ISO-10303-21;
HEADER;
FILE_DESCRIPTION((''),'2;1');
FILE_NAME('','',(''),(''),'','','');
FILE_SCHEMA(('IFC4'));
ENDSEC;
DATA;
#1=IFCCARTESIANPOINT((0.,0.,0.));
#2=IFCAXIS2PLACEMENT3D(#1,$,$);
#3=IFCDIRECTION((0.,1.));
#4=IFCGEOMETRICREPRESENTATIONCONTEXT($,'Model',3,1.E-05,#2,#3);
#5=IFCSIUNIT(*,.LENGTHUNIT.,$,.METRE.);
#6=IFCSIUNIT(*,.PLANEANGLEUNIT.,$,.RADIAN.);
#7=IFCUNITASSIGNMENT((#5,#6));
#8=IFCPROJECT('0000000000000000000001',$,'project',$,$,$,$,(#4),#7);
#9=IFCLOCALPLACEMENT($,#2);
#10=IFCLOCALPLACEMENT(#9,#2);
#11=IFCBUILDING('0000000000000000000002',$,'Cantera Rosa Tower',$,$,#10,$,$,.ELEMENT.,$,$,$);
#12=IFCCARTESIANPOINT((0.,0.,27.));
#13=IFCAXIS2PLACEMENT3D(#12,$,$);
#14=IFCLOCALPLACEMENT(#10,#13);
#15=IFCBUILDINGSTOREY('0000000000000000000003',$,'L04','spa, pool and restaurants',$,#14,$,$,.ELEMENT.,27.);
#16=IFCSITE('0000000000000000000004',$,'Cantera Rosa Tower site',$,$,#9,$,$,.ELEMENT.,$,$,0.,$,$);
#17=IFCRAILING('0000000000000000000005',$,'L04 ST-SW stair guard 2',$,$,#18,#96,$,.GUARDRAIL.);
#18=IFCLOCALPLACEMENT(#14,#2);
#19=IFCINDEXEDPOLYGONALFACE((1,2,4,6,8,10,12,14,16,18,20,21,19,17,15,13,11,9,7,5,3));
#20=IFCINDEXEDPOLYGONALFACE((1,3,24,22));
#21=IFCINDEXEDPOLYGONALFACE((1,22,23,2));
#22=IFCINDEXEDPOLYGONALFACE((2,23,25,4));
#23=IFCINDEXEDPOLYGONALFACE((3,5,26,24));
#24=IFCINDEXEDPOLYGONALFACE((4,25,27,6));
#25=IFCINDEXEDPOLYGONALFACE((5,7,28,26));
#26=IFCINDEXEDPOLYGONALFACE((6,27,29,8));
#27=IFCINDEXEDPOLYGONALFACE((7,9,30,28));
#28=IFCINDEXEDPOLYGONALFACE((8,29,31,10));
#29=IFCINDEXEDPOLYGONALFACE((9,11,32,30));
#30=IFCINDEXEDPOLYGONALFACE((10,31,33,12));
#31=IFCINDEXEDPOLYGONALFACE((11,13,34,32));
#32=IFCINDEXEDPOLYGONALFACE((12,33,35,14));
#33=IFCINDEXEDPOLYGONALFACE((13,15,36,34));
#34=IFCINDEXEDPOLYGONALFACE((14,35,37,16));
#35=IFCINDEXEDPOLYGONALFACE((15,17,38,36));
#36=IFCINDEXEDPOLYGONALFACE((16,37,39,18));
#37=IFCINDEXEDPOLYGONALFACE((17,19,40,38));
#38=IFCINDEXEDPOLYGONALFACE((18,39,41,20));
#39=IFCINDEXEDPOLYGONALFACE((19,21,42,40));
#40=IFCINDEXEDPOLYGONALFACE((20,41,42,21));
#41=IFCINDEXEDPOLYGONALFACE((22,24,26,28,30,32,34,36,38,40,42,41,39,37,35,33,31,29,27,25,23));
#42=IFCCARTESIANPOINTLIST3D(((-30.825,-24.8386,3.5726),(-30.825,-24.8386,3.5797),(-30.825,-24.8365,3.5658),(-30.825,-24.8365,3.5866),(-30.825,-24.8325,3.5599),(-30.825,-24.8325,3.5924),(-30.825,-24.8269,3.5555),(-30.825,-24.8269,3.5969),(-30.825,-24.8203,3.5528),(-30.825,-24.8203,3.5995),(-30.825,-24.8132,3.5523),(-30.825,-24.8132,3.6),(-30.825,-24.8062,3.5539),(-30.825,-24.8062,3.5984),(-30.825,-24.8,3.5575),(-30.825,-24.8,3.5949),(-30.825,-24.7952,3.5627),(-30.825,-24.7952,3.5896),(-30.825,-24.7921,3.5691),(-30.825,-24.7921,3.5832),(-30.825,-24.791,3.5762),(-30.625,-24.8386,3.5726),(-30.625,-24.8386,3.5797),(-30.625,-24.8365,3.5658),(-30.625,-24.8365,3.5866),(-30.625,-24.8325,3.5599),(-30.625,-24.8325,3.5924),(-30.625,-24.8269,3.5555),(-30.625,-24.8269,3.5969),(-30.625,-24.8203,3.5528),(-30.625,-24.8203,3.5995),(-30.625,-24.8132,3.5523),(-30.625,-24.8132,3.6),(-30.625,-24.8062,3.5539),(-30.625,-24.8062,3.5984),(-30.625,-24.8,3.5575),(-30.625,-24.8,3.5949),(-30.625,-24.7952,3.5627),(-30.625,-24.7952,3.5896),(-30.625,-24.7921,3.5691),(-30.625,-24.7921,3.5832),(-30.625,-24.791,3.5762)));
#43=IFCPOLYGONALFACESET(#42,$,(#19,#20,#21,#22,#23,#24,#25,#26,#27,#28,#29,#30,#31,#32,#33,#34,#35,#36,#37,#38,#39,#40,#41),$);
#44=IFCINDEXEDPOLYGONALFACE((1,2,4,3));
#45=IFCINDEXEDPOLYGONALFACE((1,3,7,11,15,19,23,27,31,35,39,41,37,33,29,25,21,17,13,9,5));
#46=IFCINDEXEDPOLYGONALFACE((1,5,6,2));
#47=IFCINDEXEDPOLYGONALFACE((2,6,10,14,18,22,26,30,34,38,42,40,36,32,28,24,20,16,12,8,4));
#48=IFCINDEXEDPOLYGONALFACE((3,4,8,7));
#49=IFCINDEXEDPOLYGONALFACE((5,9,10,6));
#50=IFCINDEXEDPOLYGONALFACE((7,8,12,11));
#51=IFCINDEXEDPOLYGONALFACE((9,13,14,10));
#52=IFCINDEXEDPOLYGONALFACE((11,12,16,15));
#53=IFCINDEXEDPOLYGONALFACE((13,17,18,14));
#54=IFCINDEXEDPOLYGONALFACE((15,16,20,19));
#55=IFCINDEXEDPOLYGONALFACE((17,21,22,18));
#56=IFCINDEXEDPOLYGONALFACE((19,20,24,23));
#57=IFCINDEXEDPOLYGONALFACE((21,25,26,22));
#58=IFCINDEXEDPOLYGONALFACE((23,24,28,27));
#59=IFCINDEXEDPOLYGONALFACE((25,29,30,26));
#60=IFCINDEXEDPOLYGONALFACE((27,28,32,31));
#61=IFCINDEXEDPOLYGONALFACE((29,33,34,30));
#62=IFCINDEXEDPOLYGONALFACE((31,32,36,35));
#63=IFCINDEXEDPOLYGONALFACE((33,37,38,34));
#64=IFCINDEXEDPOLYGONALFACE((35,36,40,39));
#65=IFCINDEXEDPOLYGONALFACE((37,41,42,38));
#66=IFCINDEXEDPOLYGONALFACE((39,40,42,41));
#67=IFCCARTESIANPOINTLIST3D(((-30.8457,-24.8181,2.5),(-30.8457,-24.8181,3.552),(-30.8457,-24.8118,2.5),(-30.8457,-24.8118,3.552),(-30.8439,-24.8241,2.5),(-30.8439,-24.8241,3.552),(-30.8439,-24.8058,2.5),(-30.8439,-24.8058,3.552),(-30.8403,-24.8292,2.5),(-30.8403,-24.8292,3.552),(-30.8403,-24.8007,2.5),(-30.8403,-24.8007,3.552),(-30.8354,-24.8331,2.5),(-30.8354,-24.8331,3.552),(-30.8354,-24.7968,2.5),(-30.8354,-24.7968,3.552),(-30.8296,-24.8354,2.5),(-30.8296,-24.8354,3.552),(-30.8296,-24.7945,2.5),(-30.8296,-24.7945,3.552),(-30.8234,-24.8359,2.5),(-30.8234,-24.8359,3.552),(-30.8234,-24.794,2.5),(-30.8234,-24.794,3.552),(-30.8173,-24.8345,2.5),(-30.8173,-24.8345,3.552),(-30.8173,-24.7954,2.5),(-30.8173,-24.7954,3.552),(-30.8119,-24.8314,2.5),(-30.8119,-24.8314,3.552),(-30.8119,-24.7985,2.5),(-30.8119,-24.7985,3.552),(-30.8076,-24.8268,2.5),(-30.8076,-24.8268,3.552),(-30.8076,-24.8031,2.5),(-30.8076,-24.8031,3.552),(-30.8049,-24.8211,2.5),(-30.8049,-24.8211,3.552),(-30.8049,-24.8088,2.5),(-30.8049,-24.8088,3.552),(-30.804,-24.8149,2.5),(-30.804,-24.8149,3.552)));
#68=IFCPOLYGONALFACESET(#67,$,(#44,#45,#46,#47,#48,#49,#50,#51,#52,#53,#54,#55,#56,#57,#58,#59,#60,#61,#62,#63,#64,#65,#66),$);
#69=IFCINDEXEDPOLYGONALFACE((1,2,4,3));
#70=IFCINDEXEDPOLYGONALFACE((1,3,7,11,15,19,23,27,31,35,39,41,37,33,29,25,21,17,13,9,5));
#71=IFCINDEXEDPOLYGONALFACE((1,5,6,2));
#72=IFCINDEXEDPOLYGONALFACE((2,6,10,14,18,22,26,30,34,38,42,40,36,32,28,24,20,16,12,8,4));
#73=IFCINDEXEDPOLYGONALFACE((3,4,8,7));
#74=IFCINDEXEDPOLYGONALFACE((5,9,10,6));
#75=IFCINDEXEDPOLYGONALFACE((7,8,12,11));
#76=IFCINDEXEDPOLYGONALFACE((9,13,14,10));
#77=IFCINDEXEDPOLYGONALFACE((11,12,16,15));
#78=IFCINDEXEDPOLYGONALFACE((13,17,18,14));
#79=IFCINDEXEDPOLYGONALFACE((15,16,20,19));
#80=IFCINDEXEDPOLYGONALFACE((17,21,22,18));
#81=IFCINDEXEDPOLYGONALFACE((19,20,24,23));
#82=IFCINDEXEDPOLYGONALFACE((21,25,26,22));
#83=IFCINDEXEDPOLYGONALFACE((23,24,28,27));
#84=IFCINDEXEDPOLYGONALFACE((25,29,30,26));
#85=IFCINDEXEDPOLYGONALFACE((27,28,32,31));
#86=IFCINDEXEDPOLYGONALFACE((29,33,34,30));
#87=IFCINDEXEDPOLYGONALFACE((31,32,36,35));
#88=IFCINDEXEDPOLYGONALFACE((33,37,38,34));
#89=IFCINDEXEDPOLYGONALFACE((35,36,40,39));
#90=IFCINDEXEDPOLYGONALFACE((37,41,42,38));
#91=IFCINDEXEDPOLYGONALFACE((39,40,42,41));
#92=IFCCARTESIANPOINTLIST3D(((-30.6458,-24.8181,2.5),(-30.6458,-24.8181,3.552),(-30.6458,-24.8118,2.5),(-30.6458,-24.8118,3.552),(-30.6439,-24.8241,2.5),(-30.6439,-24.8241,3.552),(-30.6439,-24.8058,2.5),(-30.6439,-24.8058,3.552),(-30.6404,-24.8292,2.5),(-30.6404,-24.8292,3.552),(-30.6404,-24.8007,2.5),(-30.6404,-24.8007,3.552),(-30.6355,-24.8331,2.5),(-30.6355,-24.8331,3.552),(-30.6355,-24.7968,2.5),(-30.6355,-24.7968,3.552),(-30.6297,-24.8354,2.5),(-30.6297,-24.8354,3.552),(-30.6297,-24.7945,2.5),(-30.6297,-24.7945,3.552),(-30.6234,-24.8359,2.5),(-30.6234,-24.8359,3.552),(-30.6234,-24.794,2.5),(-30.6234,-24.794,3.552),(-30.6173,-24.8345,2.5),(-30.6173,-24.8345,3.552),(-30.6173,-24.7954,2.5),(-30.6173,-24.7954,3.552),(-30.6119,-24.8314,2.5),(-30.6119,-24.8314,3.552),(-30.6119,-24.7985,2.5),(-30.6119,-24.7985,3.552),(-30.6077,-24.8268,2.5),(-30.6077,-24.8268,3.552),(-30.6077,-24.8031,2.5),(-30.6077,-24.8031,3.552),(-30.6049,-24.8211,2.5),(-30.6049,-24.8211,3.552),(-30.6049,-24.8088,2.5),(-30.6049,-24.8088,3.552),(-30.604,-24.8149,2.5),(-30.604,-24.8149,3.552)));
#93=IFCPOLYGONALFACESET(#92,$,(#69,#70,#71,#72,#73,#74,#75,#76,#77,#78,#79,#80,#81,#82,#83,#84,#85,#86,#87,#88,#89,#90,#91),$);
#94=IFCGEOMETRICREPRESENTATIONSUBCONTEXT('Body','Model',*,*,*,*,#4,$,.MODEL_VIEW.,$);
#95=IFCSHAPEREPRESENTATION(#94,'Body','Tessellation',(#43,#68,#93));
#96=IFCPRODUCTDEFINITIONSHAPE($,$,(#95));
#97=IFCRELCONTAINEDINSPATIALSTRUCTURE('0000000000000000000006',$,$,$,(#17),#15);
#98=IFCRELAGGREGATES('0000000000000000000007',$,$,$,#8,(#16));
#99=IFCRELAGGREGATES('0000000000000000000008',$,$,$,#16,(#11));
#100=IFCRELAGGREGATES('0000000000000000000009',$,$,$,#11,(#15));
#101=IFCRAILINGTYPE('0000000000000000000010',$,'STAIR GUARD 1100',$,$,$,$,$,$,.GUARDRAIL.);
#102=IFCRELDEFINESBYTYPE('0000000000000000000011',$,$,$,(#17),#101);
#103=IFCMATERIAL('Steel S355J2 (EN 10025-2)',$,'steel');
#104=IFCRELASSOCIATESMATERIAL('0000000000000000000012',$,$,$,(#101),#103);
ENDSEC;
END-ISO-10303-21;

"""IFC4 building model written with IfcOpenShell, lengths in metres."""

from ifc_helpers import new_model, si_unit, direction, frame, origin, origin_2d, place, context, subcontext, project, spatial, circle, extrude, material, type_object, element, save


model = new_model("IFC4")

# Units and contexts
model_context = context("Model", 3, precision=1e-05, world=origin(), true_north=direction((0.0, 1.0)))
body_context = subcontext(model_context, "Body", "Model", "MODEL_VIEW")
ifc_project = project(units=[si_unit("LENGTHUNIT", "METRE"), si_unit("PLANEANGLEUNIT", "RADIAN")], contexts=[model_context])

# Site, building, storey
site_placement = place(None, origin())
site = spatial("IfcSite", under=ifc_project, at=site_placement, Name="Cantera Rosa Tower site", CompositionType="ELEMENT", RefElevation=0.0)
building_placement = place(site_placement, origin())
building = spatial("IfcBuilding", under=site, at=building_placement, Name="Cantera Rosa Tower", CompositionType="ELEMENT")
storey_placement = place(building_placement, frame((0.0, 0.0, 27.0)))
storey = spatial("IfcBuildingStorey", under=building, at=storey_placement, Name="L04", Description="spa, pool and restaurants", CompositionType="ELEMENT", Elevation=27.0)

# Railing
ifc_material_1 = material(Name="Steel S355J2 (EN 10025-2)", Category="steel")
railing_type_1 = type_object("IfcRailingType", Name="STAIR GUARD 1100", PredefinedType="GUARDRAIL", material=ifc_material_1)
railing_1_placement = place(storey_placement, frame((-30.825, -24.8149, 2.5)))
element("IfcRailing", 1, at=railing_1_placement, inside=storey, type_object=railing_type_1, Name="L04 ST-SW stair guard 2", PredefinedType="GUARDRAIL", context=body_context, shape_type="SweptSolid", body=[
    extrude(circle(Radius=0.0239, at=origin_2d()), frame((0.0, 0.0, 1.0762), z_axis=(1.0, 0.0, 0.0), x_axis=(0.0, 1.0, 0.0)), (0.0, 0.0, 1.0), 0.2),
    extrude(circle(Radius=0.021, at=origin_2d()), origin(), (0.0, 0.0, 1.0), 1.052),
    extrude(circle(Radius=0.021, at=origin_2d()), frame((0.2, 0.0, 0.0)), (0.0, 0.0, 1.0), 1.052),
])

save(model, "model.ifc")
